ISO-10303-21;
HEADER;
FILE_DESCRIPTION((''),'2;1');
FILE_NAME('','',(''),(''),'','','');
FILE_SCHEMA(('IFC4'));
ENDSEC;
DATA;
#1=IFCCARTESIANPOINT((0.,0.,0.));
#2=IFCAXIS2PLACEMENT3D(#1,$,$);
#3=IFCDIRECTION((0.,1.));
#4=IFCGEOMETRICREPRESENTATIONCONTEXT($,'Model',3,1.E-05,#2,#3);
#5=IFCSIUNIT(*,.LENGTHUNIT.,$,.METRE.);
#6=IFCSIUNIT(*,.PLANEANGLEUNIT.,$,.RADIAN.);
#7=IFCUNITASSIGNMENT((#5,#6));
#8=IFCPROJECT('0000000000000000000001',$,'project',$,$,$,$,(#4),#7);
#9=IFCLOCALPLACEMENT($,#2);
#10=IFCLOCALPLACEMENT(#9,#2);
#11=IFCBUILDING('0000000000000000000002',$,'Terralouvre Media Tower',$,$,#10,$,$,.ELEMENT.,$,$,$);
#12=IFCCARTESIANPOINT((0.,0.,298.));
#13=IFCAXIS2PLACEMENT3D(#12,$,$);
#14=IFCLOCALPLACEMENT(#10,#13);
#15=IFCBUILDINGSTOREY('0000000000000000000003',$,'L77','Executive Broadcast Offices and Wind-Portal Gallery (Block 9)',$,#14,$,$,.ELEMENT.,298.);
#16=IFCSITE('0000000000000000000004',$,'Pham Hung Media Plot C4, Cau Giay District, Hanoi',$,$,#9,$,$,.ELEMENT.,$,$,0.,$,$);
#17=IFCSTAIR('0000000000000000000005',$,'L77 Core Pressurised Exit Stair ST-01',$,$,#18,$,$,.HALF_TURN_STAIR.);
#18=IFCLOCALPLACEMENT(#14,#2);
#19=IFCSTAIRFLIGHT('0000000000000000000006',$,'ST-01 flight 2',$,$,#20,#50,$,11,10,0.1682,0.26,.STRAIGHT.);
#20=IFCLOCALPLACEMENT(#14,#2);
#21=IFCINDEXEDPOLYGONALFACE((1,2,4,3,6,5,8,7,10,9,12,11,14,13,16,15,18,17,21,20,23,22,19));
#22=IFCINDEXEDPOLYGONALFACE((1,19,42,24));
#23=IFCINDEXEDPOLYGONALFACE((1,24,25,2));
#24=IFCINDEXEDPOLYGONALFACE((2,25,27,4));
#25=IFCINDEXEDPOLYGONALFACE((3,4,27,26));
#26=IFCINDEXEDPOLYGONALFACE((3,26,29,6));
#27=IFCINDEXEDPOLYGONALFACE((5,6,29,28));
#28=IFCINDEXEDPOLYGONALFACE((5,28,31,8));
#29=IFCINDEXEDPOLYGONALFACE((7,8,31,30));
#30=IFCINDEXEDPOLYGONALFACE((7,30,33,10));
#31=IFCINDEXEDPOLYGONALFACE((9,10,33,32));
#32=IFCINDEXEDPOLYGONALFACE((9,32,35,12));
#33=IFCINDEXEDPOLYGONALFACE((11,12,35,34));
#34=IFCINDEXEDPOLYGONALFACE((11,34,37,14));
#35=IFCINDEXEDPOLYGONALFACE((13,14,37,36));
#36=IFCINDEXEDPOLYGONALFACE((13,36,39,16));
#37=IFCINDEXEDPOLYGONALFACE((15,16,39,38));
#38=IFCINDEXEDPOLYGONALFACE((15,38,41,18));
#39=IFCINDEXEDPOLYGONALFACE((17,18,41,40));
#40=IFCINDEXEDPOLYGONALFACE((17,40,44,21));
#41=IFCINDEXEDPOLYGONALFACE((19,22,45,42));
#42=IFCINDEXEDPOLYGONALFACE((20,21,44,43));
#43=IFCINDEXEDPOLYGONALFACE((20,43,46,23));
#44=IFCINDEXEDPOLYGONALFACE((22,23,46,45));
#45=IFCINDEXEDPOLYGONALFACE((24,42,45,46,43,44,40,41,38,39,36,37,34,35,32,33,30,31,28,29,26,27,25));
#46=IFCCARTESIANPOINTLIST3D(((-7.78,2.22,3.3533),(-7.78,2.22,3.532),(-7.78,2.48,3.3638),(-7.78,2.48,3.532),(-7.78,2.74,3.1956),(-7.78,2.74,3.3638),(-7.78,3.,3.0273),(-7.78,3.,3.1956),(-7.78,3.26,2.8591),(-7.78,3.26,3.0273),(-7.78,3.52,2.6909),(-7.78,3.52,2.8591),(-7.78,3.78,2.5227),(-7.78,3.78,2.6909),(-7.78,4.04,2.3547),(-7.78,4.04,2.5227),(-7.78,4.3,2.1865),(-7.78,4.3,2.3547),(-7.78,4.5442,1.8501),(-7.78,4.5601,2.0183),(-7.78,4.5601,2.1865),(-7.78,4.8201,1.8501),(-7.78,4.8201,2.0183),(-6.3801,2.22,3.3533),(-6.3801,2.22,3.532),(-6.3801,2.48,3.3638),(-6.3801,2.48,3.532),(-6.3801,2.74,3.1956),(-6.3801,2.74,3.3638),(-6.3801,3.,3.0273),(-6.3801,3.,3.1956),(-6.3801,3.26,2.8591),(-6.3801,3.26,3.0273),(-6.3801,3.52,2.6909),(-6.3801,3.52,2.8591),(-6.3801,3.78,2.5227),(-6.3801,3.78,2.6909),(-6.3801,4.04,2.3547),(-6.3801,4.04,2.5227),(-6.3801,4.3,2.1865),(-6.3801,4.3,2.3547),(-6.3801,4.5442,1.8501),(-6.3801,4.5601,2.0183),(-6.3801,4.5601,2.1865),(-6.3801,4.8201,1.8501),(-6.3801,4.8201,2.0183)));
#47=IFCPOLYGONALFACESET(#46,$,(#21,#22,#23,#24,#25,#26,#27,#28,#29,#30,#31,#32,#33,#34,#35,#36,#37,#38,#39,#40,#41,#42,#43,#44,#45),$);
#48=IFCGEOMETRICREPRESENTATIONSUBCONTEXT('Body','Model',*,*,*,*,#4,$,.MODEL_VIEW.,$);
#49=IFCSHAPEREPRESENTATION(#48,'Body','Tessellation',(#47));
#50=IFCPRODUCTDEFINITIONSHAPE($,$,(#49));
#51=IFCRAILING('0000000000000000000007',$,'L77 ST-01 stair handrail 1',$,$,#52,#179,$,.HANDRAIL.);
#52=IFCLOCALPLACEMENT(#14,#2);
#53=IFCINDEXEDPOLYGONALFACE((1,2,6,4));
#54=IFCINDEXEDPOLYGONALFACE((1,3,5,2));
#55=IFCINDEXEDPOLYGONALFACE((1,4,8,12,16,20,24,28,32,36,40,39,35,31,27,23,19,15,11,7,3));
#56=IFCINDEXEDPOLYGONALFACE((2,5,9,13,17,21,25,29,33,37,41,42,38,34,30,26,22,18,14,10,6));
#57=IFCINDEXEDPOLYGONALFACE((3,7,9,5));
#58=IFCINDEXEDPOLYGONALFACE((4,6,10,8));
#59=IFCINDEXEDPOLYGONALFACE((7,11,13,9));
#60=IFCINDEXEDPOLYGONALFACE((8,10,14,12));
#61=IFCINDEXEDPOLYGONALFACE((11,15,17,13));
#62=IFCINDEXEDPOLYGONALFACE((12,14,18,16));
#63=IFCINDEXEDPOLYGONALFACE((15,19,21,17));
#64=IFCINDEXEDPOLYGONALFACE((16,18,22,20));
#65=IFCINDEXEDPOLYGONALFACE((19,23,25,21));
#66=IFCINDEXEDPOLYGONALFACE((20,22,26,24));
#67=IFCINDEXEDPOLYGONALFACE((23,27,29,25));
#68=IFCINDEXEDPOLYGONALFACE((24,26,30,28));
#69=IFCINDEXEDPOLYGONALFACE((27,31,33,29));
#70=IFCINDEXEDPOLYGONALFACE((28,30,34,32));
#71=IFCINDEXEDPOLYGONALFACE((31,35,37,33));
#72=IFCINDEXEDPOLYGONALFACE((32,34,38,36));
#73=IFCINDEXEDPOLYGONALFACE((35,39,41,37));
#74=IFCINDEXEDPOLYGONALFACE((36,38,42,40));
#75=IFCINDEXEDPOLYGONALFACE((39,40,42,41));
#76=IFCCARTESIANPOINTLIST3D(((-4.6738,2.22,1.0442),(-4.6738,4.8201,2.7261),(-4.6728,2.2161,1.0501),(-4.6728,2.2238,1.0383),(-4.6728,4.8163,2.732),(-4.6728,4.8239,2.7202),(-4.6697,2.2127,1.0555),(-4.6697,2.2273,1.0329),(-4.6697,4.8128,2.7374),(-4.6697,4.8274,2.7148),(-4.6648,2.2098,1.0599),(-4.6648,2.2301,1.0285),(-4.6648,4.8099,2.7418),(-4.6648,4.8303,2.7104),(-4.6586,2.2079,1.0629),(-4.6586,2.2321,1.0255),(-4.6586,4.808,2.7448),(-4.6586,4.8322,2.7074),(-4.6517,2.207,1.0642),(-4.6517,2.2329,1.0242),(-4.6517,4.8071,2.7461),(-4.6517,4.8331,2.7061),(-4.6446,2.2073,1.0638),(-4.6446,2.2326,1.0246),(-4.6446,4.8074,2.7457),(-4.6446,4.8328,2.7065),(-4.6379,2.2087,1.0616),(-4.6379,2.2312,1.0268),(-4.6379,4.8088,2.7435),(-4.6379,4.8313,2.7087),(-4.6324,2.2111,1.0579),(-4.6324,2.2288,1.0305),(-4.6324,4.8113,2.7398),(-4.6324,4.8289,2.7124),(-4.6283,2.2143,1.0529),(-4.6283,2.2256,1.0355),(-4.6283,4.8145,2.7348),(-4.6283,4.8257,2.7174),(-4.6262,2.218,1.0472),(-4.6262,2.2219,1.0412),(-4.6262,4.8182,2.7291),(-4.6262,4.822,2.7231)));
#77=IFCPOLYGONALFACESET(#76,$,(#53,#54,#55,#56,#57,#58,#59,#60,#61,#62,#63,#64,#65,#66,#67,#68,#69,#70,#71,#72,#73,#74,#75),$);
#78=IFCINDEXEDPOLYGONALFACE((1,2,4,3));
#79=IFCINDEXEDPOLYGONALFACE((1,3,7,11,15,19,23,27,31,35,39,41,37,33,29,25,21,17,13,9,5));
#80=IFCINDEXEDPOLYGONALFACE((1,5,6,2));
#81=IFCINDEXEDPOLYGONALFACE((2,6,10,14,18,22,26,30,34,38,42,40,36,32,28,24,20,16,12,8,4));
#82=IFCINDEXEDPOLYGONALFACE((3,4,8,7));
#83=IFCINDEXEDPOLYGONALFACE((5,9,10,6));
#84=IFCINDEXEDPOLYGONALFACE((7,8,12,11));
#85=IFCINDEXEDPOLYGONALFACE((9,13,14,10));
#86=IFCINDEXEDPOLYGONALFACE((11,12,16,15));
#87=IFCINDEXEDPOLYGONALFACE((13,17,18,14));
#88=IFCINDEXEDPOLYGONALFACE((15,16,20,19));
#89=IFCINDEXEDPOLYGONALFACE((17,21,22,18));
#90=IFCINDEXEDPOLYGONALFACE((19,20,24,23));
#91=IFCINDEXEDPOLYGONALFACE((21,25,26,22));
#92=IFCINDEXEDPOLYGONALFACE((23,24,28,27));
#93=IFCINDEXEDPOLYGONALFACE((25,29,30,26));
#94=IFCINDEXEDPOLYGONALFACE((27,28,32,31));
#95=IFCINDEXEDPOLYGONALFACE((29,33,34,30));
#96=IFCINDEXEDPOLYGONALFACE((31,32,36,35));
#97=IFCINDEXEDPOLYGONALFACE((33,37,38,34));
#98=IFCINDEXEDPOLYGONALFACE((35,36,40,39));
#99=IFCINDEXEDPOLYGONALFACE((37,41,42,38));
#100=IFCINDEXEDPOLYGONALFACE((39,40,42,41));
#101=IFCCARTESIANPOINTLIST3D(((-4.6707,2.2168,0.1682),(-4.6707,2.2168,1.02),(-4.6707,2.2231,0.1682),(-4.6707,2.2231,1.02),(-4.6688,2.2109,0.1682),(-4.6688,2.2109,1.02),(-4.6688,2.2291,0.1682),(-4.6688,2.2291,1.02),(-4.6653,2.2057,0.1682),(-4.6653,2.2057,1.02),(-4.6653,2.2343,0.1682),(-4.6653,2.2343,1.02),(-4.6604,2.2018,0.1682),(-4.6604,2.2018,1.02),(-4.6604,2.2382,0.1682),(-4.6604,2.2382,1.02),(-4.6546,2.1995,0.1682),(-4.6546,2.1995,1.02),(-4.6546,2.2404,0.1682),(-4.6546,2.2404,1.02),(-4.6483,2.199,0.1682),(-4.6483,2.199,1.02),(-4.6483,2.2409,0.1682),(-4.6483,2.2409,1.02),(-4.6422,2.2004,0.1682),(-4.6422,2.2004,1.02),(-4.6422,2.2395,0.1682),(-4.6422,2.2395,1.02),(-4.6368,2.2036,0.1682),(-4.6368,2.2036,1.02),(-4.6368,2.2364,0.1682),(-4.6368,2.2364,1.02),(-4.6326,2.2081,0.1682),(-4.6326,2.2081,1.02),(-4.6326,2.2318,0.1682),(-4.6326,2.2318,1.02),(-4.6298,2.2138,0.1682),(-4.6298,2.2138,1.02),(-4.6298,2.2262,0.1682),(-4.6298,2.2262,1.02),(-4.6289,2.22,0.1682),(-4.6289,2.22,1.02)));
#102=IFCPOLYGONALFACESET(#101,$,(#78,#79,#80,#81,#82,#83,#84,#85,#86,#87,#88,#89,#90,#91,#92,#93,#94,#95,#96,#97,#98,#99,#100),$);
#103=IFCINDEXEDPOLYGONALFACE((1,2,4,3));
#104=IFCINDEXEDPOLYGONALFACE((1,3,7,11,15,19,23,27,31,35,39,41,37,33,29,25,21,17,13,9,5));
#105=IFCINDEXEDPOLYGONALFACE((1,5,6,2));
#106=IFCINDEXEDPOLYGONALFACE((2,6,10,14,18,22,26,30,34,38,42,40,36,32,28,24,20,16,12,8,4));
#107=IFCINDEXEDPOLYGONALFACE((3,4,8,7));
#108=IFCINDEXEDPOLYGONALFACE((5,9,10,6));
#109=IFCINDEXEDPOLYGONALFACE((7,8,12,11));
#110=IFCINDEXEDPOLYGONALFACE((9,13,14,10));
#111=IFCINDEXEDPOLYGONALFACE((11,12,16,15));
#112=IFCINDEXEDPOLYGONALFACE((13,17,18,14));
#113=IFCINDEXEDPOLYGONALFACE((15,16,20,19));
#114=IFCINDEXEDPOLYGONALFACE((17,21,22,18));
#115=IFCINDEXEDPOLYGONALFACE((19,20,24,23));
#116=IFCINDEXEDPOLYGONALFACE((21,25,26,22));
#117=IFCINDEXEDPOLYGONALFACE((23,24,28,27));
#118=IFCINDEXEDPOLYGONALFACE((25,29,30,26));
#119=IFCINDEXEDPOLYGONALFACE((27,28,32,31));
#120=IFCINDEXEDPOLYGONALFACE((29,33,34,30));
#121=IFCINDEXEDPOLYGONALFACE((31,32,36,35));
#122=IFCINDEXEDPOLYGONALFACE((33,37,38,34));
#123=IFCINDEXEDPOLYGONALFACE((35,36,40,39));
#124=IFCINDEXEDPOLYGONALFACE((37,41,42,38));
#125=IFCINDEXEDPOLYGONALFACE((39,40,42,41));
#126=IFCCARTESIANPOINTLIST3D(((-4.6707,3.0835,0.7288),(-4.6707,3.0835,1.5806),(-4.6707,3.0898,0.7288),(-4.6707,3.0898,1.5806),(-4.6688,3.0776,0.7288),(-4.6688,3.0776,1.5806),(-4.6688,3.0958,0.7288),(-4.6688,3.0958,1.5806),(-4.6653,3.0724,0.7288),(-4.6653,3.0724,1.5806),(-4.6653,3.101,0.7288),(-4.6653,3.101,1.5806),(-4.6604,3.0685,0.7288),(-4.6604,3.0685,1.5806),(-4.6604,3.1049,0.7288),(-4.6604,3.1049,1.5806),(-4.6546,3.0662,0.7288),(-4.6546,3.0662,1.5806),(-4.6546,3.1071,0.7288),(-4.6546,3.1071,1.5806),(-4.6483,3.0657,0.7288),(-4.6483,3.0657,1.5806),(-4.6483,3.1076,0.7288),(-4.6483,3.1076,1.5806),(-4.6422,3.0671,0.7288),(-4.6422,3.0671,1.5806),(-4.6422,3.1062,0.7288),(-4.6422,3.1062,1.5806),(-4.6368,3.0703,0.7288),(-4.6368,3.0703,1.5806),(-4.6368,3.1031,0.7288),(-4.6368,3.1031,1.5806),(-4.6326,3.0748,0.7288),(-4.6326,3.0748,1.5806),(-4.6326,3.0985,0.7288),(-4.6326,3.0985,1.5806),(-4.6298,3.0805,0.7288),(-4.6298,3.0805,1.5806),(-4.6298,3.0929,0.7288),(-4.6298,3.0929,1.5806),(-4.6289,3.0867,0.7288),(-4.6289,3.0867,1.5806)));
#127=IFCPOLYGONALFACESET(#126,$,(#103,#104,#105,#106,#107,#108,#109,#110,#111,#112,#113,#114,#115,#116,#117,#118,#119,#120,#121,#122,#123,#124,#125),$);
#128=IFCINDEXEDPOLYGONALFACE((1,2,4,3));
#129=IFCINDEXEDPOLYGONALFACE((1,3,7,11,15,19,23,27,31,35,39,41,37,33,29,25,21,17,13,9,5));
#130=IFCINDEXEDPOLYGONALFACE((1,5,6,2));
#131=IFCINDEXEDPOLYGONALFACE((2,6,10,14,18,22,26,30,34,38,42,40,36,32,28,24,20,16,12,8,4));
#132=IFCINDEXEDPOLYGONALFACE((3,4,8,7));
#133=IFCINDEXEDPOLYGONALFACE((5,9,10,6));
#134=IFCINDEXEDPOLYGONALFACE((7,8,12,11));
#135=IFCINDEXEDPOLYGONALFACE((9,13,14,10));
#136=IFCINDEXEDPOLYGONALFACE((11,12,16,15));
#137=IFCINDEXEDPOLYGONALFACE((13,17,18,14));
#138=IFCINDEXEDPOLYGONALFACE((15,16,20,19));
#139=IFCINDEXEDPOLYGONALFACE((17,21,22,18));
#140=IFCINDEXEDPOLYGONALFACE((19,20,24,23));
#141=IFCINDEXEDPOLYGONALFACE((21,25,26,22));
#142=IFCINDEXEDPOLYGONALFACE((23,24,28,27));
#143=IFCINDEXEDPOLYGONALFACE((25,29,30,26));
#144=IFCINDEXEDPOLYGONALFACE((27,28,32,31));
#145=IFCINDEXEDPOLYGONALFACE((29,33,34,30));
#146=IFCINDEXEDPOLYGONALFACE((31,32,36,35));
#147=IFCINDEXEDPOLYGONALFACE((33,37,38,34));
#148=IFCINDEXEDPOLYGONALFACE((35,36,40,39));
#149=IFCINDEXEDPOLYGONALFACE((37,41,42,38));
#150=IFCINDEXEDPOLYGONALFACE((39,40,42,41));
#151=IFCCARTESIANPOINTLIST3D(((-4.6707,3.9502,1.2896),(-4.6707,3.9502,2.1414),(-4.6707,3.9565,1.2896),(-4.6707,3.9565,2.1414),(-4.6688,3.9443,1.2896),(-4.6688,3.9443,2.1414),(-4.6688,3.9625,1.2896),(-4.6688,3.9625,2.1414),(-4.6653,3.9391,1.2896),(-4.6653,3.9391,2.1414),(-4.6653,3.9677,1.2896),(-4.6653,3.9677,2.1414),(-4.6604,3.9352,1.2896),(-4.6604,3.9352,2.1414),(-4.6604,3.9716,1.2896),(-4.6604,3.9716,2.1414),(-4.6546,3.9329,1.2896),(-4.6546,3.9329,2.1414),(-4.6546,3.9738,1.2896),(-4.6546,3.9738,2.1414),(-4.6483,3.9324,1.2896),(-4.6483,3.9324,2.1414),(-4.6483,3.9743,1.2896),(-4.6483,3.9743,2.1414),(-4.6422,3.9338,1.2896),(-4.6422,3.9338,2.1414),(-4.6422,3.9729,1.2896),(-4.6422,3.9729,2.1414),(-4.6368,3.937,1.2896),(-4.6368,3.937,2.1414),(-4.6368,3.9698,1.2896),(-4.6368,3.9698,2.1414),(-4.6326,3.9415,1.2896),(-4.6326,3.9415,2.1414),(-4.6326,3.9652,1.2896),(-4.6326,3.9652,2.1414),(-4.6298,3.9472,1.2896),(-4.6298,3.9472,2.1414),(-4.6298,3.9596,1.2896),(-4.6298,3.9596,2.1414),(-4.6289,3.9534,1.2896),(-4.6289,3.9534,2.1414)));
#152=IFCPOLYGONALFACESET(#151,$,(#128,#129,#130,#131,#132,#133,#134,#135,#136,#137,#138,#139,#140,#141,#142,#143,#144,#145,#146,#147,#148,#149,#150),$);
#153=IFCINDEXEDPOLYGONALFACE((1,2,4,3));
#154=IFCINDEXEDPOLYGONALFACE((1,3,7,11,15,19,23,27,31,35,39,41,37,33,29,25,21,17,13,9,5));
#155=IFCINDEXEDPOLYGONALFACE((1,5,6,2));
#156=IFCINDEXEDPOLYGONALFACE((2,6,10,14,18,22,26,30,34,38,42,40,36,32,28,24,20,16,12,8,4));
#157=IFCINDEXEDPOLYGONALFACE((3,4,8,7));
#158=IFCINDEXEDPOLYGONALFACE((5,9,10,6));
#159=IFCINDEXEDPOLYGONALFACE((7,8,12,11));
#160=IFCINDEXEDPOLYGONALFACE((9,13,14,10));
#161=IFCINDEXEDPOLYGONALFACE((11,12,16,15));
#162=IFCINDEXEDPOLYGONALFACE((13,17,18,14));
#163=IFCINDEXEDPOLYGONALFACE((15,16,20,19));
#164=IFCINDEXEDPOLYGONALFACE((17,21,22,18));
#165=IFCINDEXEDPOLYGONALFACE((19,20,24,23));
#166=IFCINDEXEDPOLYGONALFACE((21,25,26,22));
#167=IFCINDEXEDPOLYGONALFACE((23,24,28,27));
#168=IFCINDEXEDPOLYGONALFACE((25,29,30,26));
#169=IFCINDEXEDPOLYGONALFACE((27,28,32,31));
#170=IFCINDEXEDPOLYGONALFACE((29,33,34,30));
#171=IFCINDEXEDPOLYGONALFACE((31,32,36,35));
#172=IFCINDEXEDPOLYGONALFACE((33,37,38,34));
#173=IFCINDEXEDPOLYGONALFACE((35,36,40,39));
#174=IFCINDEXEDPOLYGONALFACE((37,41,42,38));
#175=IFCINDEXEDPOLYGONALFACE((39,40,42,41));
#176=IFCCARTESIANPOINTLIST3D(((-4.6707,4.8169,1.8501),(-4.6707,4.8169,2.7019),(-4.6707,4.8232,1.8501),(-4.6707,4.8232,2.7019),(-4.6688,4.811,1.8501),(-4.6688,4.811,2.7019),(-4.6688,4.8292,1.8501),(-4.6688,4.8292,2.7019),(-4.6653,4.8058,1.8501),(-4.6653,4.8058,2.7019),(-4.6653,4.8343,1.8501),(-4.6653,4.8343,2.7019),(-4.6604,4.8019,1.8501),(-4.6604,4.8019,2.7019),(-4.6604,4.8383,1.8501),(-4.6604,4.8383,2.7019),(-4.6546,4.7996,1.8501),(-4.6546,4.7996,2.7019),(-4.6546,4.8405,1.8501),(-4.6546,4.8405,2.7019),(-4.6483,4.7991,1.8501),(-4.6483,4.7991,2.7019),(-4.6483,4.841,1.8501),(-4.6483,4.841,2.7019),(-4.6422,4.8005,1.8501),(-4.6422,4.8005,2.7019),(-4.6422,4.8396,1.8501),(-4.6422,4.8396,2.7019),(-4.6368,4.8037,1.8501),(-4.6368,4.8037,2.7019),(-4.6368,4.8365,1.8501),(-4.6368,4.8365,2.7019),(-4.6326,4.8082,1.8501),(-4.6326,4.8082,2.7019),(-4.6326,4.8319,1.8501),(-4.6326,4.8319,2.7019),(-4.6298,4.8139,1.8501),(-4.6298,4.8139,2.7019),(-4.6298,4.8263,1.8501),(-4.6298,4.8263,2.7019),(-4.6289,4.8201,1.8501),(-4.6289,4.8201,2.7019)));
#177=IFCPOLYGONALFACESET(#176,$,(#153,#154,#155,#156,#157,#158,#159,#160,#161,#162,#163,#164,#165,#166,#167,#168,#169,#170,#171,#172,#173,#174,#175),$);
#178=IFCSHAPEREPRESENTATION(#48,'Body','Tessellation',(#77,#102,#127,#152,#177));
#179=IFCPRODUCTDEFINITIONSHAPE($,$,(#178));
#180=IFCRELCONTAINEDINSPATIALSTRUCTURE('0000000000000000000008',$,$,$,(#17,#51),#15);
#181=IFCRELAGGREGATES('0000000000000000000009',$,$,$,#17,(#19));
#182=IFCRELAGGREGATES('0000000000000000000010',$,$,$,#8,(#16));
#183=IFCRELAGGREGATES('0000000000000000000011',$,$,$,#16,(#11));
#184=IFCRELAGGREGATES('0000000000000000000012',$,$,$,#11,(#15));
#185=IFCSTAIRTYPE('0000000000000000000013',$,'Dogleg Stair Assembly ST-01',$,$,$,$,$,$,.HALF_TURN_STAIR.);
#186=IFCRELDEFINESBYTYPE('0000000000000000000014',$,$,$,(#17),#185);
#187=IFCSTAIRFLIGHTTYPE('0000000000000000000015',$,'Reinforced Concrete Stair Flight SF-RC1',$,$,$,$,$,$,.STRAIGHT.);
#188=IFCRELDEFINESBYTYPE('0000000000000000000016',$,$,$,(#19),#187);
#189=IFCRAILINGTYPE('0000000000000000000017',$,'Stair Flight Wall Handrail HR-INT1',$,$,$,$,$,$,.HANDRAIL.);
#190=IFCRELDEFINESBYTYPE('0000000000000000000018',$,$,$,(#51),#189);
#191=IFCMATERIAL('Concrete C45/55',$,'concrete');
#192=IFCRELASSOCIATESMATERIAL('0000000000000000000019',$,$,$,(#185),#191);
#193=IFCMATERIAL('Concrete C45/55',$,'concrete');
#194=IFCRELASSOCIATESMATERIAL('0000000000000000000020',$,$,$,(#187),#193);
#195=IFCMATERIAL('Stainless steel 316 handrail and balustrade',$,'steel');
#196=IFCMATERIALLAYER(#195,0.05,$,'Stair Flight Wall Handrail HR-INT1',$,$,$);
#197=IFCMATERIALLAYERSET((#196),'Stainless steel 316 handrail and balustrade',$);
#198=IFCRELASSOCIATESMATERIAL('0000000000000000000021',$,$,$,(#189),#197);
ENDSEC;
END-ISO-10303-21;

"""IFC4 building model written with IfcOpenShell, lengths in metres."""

from ifc_helpers import new_model, si_unit, direction, frame, origin, origin_2d, place, context, subcontext, project, spatial, polyline, circle, outline, extrude, material, layer, layer_set, type_object, element, aggregate, save


model = new_model("IFC4")

# Units and contexts
model_context = context("Model", 3, precision=1e-05, world=origin(), true_north=direction((0.0, 1.0)))
body_context = subcontext(model_context, "Body", "Model", "MODEL_VIEW")
ifc_project = project(units=[si_unit("LENGTHUNIT", "METRE"), si_unit("PLANEANGLEUNIT", "RADIAN")], contexts=[model_context])

# Site, building, storey
site_placement = place(None, origin())
site = spatial("IfcSite", under=ifc_project, at=site_placement, Name="Pham Hung Media Plot C4, Cau Giay District, Hanoi", CompositionType="ELEMENT", RefElevation=0.0)
building_placement = place(site_placement, origin())
building = spatial("IfcBuilding", under=site, at=building_placement, Name="Terralouvre Media Tower", CompositionType="ELEMENT")
storey_placement = place(building_placement, frame((0.0, 0.0, 298.0)))
storey = spatial("IfcBuildingStorey", under=building, at=storey_placement, Name="L77", Description="Executive Broadcast Offices and Wind-Portal Gallery (Block 9)", CompositionType="ELEMENT", Elevation=298.0)

# Stair
ifc_material_1 = material(Name="Concrete C45/55", Category="concrete")
stair_type_1 = type_object("IfcStairType", Name="Dogleg Stair Assembly ST-01", PredefinedType="HALF_TURN_STAIR", material=ifc_material_1)
stair_1_placement = place(storey_placement, origin())
stair_1 = element("IfcStair", 1, at=stair_1_placement, inside=storey, type_object=stair_type_1, Name="L77 Core Pressurised Exit Stair ST-01", PredefinedType="HALF_TURN_STAIR")

# Stair flight
ifc_material_2 = material(Name="Concrete C45/55", Category="concrete")
stair_flight_type = type_object("IfcStairFlightType", Name="Reinforced Concrete Stair Flight SF-RC1", PredefinedType="STRAIGHT", material=ifc_material_2)
stair_flight_1_placement = place(storey_placement, frame((-7.0801, 4.8201, 1.8501), z_axis=(0.0, 0.0, 1.0), x_axis=(0.0, -1.0, 0.0)))
stair_flight_1 = element("IfcStairFlight", 2, at=stair_flight_1_placement, type_object=stair_flight_type, Name="ST-01 flight 2", NumberOfRisers=11, NumberOfTreads=10, PredefinedType="STRAIGHT", RiserHeight=0.1682, TreadLength=0.26, context=body_context, shape_type="SweptSolid", body=[
    extrude(outline(polyline([(0.0, 0.0), (0.0, 0.1682), (0.26, 0.1682), (0.26, 0.3364), (0.52, 0.3364), (0.52, 0.5046), (0.78, 0.5046), (0.78, 0.6726), (1.04, 0.6726), (1.04, 0.8408), (1.3, 0.8408), (1.3, 1.009), (1.5601, 1.009), (1.5601, 1.1772), (1.8201, 1.1772), (1.8201, 1.3455), (2.0801, 1.3455), (2.0801, 1.5137), (2.3401, 1.5137), (2.3401, 1.6819), (2.6001, 1.6819), (2.6001, 1.8501), (2.6001, 1.5032), (0.2759, 0.0), (0.0, 0.0)])), frame((0.0, 0.7, 0.0), z_axis=(0.0, -1.0, 0.0), x_axis=(1.0, 0.0, 0.0)), (0.0, 0.0, 1.0), 1.3999),
])
aggregate(stair_1, [stair_flight_1])

# Railing
ifc_material_3 = material(Name="Stainless steel 316 handrail and balustrade", Category="steel")
ifc_layer_1 = layer(ifc_material_3, 0.05, Name="Stair Flight Wall Handrail HR-INT1")
ifc_layer_set_1 = layer_set([ifc_layer_1], Name="Stainless steel 316 handrail and balustrade")
railing_type_1 = type_object("IfcRailingType", Name="Stair Flight Wall Handrail HR-INT1", PredefinedType="HANDRAIL", material=ifc_layer_set_1)
railing_1_placement = place(storey_placement, frame((-4.6499, 2.22, 0.1682)))
element("IfcRailing", 3, at=railing_1_placement, inside=storey, type_object=railing_type_1, Name="L77 ST-01 stair handrail 1", PredefinedType="HANDRAIL", context=body_context, shape_type="SweptSolid", body=[
    extrude(circle(Radius=0.0239, at=origin_2d()), frame((0.0, 0.0, 0.876), z_axis=(0.0, 0.839648, 0.54313), x_axis=(-1.0, 0.0, 0.0)), (0.0, 0.0, 1.0), 3.0967),
    extrude(circle(Radius=0.021, at=origin_2d()), origin(), (0.0, 0.0, 1.0), 0.8518),
    extrude(circle(Radius=0.021, at=origin_2d()), frame((0.0, 0.8667, 0.5605)), (0.0, 0.0, 1.0), 0.8518),
    extrude(circle(Radius=0.021, at=origin_2d()), frame((0.0, 1.7334, 1.1213)), (0.0, 0.0, 1.0), 0.8518),
    extrude(circle(Radius=0.021, at=origin_2d()), frame((0.0, 2.6001, 1.6819)), (0.0, 0.0, 1.0), 0.8518),
])

save(model, "model.ifc")
